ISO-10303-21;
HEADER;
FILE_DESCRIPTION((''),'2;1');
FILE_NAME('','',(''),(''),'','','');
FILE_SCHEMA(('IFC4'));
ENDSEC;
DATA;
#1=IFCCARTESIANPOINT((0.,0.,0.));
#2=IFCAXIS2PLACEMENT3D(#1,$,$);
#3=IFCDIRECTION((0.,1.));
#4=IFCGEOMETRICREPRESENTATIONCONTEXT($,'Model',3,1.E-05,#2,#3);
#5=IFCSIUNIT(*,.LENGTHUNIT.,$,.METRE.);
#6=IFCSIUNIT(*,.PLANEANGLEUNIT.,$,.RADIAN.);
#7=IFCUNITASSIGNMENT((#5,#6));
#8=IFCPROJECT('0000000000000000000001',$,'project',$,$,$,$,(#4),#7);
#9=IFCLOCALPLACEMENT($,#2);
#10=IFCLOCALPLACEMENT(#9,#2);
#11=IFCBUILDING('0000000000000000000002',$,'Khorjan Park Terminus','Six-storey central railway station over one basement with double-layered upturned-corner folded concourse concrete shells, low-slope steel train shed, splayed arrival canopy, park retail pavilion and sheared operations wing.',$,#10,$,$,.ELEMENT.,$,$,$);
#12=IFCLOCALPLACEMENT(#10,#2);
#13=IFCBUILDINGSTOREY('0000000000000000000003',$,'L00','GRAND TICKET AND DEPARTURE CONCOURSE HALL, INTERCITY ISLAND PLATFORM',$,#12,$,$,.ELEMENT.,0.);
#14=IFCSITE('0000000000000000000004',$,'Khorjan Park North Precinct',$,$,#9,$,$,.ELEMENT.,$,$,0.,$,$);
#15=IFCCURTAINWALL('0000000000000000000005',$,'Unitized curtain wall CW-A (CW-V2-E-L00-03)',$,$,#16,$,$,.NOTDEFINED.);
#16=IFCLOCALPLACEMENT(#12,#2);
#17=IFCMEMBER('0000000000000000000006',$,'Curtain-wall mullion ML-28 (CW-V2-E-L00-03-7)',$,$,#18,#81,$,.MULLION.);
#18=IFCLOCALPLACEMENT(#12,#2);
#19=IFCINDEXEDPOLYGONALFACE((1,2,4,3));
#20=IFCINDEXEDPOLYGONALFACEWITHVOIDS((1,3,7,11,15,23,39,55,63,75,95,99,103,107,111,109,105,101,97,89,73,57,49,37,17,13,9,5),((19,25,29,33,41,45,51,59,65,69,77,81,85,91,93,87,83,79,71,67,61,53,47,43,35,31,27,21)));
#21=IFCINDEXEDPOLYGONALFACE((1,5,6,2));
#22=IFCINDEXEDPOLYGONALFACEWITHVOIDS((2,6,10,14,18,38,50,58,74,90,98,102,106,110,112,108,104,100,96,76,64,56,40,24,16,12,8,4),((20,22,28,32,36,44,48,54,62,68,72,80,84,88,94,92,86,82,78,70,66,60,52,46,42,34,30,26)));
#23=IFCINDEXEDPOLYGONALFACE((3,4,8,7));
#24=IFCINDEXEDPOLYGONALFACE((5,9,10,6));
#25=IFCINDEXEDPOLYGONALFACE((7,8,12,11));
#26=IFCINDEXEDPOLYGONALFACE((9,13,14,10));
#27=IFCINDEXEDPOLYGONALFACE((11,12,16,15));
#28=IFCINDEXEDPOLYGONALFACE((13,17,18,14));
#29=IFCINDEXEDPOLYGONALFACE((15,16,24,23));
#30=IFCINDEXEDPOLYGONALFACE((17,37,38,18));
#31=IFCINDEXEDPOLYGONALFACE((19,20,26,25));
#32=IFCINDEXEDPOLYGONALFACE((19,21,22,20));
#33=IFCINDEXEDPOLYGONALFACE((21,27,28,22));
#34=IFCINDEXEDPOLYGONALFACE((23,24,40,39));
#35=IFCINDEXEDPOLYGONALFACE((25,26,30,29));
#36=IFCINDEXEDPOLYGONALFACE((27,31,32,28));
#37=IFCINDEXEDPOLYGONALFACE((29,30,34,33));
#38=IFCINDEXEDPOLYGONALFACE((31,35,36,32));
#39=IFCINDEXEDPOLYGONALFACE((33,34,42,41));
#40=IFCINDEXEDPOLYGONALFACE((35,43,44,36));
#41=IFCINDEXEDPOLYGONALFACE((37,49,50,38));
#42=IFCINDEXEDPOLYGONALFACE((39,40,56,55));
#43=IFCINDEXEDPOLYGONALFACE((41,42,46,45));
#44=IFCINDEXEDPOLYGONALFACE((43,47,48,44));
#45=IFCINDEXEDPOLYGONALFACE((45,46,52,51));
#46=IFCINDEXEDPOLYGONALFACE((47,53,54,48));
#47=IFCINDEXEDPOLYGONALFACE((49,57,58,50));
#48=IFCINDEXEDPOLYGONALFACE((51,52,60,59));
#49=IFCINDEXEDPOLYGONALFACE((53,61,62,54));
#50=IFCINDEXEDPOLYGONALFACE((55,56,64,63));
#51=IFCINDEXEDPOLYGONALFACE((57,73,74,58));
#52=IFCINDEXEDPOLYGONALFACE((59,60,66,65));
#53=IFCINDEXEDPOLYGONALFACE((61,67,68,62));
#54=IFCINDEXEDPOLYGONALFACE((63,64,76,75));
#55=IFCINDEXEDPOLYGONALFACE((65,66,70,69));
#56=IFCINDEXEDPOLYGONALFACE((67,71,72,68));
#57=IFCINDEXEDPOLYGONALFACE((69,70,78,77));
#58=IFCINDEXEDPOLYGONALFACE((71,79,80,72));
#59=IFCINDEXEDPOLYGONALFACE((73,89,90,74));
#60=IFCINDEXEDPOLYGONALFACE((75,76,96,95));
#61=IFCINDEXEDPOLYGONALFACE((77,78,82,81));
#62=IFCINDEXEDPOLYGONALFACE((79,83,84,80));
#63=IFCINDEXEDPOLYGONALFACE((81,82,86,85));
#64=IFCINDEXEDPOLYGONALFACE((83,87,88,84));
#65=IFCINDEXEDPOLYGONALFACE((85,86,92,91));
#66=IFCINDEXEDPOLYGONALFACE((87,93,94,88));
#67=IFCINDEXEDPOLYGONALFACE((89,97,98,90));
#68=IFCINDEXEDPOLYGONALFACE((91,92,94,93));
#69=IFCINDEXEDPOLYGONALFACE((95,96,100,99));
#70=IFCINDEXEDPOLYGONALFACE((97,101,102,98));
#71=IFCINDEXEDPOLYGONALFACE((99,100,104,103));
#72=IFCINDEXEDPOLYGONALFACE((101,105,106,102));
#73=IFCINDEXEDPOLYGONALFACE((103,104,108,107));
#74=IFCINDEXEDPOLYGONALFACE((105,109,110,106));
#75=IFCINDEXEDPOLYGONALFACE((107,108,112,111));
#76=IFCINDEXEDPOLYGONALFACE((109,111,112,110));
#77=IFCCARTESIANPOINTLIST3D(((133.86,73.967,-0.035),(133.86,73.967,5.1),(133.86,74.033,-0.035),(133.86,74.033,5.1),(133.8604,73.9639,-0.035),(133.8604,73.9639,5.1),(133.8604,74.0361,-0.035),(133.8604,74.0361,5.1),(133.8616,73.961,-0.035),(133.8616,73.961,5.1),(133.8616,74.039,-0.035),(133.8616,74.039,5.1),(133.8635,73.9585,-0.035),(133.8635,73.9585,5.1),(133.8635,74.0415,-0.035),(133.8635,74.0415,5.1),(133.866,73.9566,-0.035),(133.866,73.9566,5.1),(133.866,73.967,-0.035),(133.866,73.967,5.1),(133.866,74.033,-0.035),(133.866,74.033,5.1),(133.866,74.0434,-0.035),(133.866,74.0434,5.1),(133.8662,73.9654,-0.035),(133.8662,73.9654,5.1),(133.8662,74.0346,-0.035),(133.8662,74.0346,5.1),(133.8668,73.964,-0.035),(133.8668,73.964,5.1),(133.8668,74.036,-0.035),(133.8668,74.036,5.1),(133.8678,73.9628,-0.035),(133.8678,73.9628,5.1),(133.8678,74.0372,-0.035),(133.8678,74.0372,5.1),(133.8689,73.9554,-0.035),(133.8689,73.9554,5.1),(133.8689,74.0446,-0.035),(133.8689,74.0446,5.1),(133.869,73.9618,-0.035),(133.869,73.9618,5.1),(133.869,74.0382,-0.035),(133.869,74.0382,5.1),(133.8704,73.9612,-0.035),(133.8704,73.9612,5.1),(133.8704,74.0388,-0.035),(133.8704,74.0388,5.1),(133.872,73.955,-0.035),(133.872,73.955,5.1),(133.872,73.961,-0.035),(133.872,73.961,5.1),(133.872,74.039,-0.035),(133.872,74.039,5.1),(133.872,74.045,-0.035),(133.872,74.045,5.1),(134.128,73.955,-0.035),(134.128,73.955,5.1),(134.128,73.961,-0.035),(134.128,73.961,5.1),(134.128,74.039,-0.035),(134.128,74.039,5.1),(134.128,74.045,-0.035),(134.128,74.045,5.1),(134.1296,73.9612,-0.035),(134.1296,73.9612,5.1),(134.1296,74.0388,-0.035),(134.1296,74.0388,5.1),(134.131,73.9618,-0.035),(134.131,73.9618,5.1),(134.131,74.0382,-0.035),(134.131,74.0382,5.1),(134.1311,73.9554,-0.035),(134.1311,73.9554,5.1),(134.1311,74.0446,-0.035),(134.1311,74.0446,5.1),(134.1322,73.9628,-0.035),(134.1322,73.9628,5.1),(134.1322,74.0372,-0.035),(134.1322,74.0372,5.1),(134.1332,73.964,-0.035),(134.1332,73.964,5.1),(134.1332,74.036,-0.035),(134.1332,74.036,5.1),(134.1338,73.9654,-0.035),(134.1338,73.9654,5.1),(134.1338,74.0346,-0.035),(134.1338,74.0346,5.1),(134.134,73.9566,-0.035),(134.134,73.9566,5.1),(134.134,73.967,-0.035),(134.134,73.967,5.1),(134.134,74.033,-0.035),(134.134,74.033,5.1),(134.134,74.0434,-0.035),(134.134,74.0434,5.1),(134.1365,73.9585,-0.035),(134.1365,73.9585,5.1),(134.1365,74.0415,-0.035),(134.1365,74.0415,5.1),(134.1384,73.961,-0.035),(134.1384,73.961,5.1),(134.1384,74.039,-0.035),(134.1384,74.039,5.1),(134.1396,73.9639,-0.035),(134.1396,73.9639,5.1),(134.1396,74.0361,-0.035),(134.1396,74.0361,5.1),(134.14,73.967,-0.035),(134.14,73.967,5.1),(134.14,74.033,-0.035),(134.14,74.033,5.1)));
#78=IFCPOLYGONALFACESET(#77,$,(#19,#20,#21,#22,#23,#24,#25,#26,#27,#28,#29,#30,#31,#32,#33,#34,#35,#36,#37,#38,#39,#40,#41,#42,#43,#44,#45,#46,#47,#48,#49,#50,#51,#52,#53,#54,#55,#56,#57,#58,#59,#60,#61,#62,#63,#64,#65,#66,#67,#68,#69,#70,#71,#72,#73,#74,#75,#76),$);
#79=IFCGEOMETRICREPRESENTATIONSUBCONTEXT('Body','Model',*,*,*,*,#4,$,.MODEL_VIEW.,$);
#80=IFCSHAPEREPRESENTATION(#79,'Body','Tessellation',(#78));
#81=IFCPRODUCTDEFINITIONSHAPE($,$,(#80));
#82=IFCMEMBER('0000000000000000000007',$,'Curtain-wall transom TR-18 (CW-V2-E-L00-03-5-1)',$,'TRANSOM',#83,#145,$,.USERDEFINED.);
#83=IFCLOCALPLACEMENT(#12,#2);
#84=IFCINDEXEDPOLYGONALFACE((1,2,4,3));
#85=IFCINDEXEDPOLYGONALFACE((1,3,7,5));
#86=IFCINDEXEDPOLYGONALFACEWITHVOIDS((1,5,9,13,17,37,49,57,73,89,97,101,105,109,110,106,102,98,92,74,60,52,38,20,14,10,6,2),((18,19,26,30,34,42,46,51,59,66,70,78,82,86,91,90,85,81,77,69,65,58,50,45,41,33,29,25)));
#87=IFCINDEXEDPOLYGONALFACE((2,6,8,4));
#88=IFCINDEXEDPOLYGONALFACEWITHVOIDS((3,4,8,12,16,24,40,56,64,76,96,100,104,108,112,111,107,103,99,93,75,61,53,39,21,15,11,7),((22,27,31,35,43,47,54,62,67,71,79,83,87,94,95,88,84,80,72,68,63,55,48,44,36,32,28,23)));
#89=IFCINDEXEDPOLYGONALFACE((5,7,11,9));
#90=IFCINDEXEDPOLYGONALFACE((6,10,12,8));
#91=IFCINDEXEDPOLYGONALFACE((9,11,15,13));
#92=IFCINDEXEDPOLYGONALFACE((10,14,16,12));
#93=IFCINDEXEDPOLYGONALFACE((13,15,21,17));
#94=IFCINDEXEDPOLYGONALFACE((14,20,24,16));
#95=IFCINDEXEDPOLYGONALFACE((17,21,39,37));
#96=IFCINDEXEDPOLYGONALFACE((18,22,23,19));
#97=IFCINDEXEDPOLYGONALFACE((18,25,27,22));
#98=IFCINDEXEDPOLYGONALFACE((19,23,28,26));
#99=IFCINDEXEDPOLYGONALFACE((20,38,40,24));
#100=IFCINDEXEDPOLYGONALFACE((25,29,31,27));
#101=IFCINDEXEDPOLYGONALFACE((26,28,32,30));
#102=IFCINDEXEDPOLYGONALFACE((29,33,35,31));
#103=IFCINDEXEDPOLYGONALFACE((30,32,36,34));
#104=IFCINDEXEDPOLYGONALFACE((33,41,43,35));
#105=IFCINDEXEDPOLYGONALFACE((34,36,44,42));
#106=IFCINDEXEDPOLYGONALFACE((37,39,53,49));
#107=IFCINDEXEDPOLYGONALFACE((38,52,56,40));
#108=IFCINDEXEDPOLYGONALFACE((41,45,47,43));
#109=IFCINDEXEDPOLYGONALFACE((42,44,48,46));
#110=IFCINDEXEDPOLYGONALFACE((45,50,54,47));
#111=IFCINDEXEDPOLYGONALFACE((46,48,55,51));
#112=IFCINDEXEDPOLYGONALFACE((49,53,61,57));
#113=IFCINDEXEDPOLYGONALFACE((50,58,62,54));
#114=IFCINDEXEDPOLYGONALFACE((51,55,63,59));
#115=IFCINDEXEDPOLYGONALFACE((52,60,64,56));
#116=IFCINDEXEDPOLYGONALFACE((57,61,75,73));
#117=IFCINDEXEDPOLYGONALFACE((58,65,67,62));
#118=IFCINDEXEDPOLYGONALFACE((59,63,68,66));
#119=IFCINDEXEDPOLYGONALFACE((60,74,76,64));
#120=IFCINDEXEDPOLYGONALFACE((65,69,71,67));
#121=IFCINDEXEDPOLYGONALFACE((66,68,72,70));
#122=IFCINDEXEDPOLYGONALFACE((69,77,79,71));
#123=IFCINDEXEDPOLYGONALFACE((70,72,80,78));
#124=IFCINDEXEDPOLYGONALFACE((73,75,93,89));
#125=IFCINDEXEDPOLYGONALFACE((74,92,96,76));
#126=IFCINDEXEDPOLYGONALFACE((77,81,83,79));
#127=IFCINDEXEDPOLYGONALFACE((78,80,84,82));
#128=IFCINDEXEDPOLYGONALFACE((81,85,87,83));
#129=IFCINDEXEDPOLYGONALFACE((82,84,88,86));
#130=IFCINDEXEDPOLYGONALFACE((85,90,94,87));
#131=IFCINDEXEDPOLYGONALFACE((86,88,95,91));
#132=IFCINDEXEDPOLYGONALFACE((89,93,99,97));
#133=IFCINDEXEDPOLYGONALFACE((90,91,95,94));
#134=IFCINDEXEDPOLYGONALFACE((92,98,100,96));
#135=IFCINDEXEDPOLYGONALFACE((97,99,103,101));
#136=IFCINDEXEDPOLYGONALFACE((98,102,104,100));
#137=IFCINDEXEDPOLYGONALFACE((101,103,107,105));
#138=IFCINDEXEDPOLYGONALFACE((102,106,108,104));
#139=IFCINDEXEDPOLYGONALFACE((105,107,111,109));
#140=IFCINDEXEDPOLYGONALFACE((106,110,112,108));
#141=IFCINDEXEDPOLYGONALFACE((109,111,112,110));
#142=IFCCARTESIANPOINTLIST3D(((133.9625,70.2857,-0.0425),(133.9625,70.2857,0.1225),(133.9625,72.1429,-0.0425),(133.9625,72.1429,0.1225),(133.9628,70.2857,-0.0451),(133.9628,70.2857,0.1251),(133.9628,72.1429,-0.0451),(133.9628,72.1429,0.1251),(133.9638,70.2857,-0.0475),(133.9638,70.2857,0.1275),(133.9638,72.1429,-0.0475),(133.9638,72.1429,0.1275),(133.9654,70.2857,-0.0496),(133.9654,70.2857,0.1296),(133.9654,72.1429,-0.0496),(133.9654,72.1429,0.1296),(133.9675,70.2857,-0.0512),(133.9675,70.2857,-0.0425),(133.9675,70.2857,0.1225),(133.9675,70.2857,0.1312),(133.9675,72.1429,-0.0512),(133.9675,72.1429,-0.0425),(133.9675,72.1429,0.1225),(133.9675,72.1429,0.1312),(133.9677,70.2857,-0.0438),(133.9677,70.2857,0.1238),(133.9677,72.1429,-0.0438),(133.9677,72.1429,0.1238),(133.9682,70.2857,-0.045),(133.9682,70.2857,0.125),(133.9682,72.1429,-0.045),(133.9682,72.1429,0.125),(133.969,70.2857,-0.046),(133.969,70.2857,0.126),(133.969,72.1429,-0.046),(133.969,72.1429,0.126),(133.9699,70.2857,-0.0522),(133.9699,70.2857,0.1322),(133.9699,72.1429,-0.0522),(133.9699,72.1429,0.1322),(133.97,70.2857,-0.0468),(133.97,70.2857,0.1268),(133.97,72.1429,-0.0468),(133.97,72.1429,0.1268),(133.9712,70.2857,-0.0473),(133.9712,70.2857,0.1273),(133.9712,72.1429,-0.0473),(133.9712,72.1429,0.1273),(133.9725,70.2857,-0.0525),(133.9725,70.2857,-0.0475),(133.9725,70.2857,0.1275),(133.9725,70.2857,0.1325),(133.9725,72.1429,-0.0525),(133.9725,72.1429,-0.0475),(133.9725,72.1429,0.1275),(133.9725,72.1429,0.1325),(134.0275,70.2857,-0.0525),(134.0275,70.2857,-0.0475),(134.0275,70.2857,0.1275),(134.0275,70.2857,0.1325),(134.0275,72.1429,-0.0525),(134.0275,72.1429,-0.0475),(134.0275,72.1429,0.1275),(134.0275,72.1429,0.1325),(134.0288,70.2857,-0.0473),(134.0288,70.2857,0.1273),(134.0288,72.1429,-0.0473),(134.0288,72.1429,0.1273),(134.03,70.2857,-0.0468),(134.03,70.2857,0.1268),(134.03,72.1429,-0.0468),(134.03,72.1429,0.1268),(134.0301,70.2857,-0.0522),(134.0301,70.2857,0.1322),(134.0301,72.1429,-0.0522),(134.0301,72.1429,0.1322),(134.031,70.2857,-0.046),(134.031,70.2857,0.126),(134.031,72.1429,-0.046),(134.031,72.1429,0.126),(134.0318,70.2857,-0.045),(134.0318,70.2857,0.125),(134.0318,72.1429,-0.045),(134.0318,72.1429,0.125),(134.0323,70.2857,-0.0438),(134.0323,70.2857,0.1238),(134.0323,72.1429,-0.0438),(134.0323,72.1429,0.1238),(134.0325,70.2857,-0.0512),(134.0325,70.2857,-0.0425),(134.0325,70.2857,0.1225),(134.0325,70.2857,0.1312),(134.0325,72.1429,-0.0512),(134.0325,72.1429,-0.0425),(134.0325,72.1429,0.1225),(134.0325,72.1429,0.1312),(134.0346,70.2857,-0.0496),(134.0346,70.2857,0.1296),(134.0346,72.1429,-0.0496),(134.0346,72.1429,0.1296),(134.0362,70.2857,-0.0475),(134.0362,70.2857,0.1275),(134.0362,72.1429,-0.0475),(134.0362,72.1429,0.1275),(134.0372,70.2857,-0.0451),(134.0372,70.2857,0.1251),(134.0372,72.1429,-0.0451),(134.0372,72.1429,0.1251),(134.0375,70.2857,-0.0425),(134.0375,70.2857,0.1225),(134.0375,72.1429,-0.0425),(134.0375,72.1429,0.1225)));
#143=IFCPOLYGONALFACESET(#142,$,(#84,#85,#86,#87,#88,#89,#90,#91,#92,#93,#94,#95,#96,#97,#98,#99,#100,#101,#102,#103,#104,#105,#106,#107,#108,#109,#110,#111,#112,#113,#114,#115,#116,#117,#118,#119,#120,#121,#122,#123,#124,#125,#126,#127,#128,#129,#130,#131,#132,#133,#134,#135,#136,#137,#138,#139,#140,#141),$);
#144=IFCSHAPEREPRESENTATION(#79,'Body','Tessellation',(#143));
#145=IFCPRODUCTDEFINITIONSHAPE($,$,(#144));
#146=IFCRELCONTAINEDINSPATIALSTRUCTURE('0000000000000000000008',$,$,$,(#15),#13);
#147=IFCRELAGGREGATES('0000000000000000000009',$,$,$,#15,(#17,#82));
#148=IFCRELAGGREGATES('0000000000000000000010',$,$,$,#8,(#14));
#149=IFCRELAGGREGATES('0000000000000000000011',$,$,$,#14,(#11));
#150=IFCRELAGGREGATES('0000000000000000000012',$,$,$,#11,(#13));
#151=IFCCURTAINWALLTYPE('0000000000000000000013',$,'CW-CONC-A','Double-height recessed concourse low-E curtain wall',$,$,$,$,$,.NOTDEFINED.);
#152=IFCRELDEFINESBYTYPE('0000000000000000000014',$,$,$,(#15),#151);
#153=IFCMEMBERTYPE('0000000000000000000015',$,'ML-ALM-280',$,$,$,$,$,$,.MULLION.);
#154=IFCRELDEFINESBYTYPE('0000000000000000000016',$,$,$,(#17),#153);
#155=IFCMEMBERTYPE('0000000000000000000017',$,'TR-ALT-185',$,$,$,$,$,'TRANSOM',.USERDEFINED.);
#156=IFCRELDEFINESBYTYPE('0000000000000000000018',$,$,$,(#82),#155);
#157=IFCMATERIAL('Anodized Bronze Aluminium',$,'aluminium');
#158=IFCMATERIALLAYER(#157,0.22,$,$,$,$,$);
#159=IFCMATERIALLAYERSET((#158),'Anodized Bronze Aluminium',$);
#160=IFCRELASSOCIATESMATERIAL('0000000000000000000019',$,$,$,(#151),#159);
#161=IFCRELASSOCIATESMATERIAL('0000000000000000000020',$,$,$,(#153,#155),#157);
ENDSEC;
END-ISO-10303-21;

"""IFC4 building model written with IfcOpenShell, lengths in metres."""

from ifc_helpers import new_model, si_unit, direction, frame, origin, origin_2d, place, context, subcontext, project, spatial, hollow_rectangle, extrude, material, layer, layer_set, material_profile, profile_set, type_object, element, aggregate, save


model = new_model("IFC4")

# Units and contexts
model_context = context("Model", 3, precision=1e-05, world=origin(), true_north=direction((0.0, 1.0)))
body_context = subcontext(model_context, "Body", "Model", "MODEL_VIEW")
ifc_project = project(units=[si_unit("LENGTHUNIT", "METRE"), si_unit("PLANEANGLEUNIT", "RADIAN")], contexts=[model_context])

# Site, building, storey
site_placement = place(None, origin())
site = spatial("IfcSite", under=ifc_project, at=site_placement, Name="Khorjan Park North Precinct", CompositionType="ELEMENT", RefElevation=0.0)
building_placement = place(site_placement, origin())
building = spatial("IfcBuilding", under=site, at=building_placement, Name="Khorjan Park Terminus", Description="Six-storey central railway station over one basement with double-layered upturned-corner folded concourse concrete shells, low-slope steel train shed, splayed arrival canopy, park retail pavilion and sheared operations wing.", CompositionType="ELEMENT")
storey_placement = place(building_placement, origin())
storey = spatial("IfcBuildingStorey", under=building, at=storey_placement, Name="L00", Description="GRAND TICKET AND DEPARTURE CONCOURSE HALL, INTERCITY ISLAND PLATFORM", CompositionType="ELEMENT", Elevation=0.0)

# Curtain wall, members
ifc_material_1 = material(Name="Anodized Bronze Aluminium", Category="aluminium")
ifc_layer_1 = layer(ifc_material_1, 0.22)
ifc_layer_set_1 = layer_set([ifc_layer_1], Name="Anodized Bronze Aluminium")
curtain_wall_type = type_object("IfcCurtainWallType", Name="CW-CONC-A", Description="Double-height recessed concourse low-E curtain wall", PredefinedType="NOTDEFINED", material=ifc_layer_set_1)
curtain_wall_1_placement = place(storey_placement, origin())
curtain_wall_1 = element("IfcCurtainWall", 1, at=curtain_wall_1_placement, inside=storey, type_object=curtain_wall_type, Name="Unitized curtain wall CW-A (CW-V2-E-L00-03)", PredefinedType="NOTDEFINED")
ifc_material_profile_1 = material_profile(ifc_material_1, hollow_rectangle(XDim=0.09, YDim=0.28, WallThickness=0.006, InnerFilletRadius=0.006, OuterFilletRadius=0.012, at=origin_2d()), Name="ALM 90x280x6")
ifc_profile_set_1 = profile_set([ifc_material_profile_1], Name="Anodized Bronze Aluminium")
member_type_1 = type_object("IfcMemberType", Name="ML-ALM-280", PredefinedType="MULLION", material=ifc_profile_set_1)
member_1_placement = place(storey_placement, frame((134.0, 74.0, -0.035), z_axis=(0.0, 0.0, 1.0), x_axis=(0.0, 1.0, 0.0)))
member_1 = element("IfcMember", 2, at=member_1_placement, type_object=member_type_1, Name="Curtain-wall mullion ML-28 (CW-V2-E-L00-03-7)", PredefinedType="MULLION", context=body_context, shape_type="SweptSolid", body=[
    extrude(hollow_rectangle(XDim=0.09, YDim=0.28, WallThickness=0.006, InnerFilletRadius=0.006, OuterFilletRadius=0.012, at=origin_2d()), origin(), (0.0, 0.0, 1.0), 5.135),
])
ifc_material_profile_2 = material_profile(ifc_material_1, hollow_rectangle(XDim=0.075, YDim=0.185, WallThickness=0.005, InnerFilletRadius=0.005, OuterFilletRadius=0.01, at=origin_2d()), Name="ALT 75x185x5")
ifc_profile_set_2 = profile_set([ifc_material_profile_2], Name="Anodized Bronze Aluminium")
member_type_2 = type_object("IfcMemberType", Name="TR-ALT-185", ElementType="TRANSOM", PredefinedType="USERDEFINED", material=ifc_profile_set_2)
member_2_placement = place(storey_placement, frame((134.0, 70.2857, 0.04), z_axis=(0.0, 1.0, 0.0), x_axis=(-1.0, 0.0, 0.0)))
member_2 = element("IfcMember", 3, at=member_2_placement, type_object=member_type_2, Name="Curtain-wall transom TR-18 (CW-V2-E-L00-03-5-1)", ObjectType="TRANSOM", PredefinedType="USERDEFINED", context=body_context, shape_type="SweptSolid", body=[
    extrude(hollow_rectangle(XDim=0.075, YDim=0.185, WallThickness=0.005, InnerFilletRadius=0.005, OuterFilletRadius=0.01, at=origin_2d()), origin(), (0.0, 0.0, 1.0), 1.8572),
])

aggregate(curtain_wall_1, [member_1, member_2])

save(model, "model.ifc")
